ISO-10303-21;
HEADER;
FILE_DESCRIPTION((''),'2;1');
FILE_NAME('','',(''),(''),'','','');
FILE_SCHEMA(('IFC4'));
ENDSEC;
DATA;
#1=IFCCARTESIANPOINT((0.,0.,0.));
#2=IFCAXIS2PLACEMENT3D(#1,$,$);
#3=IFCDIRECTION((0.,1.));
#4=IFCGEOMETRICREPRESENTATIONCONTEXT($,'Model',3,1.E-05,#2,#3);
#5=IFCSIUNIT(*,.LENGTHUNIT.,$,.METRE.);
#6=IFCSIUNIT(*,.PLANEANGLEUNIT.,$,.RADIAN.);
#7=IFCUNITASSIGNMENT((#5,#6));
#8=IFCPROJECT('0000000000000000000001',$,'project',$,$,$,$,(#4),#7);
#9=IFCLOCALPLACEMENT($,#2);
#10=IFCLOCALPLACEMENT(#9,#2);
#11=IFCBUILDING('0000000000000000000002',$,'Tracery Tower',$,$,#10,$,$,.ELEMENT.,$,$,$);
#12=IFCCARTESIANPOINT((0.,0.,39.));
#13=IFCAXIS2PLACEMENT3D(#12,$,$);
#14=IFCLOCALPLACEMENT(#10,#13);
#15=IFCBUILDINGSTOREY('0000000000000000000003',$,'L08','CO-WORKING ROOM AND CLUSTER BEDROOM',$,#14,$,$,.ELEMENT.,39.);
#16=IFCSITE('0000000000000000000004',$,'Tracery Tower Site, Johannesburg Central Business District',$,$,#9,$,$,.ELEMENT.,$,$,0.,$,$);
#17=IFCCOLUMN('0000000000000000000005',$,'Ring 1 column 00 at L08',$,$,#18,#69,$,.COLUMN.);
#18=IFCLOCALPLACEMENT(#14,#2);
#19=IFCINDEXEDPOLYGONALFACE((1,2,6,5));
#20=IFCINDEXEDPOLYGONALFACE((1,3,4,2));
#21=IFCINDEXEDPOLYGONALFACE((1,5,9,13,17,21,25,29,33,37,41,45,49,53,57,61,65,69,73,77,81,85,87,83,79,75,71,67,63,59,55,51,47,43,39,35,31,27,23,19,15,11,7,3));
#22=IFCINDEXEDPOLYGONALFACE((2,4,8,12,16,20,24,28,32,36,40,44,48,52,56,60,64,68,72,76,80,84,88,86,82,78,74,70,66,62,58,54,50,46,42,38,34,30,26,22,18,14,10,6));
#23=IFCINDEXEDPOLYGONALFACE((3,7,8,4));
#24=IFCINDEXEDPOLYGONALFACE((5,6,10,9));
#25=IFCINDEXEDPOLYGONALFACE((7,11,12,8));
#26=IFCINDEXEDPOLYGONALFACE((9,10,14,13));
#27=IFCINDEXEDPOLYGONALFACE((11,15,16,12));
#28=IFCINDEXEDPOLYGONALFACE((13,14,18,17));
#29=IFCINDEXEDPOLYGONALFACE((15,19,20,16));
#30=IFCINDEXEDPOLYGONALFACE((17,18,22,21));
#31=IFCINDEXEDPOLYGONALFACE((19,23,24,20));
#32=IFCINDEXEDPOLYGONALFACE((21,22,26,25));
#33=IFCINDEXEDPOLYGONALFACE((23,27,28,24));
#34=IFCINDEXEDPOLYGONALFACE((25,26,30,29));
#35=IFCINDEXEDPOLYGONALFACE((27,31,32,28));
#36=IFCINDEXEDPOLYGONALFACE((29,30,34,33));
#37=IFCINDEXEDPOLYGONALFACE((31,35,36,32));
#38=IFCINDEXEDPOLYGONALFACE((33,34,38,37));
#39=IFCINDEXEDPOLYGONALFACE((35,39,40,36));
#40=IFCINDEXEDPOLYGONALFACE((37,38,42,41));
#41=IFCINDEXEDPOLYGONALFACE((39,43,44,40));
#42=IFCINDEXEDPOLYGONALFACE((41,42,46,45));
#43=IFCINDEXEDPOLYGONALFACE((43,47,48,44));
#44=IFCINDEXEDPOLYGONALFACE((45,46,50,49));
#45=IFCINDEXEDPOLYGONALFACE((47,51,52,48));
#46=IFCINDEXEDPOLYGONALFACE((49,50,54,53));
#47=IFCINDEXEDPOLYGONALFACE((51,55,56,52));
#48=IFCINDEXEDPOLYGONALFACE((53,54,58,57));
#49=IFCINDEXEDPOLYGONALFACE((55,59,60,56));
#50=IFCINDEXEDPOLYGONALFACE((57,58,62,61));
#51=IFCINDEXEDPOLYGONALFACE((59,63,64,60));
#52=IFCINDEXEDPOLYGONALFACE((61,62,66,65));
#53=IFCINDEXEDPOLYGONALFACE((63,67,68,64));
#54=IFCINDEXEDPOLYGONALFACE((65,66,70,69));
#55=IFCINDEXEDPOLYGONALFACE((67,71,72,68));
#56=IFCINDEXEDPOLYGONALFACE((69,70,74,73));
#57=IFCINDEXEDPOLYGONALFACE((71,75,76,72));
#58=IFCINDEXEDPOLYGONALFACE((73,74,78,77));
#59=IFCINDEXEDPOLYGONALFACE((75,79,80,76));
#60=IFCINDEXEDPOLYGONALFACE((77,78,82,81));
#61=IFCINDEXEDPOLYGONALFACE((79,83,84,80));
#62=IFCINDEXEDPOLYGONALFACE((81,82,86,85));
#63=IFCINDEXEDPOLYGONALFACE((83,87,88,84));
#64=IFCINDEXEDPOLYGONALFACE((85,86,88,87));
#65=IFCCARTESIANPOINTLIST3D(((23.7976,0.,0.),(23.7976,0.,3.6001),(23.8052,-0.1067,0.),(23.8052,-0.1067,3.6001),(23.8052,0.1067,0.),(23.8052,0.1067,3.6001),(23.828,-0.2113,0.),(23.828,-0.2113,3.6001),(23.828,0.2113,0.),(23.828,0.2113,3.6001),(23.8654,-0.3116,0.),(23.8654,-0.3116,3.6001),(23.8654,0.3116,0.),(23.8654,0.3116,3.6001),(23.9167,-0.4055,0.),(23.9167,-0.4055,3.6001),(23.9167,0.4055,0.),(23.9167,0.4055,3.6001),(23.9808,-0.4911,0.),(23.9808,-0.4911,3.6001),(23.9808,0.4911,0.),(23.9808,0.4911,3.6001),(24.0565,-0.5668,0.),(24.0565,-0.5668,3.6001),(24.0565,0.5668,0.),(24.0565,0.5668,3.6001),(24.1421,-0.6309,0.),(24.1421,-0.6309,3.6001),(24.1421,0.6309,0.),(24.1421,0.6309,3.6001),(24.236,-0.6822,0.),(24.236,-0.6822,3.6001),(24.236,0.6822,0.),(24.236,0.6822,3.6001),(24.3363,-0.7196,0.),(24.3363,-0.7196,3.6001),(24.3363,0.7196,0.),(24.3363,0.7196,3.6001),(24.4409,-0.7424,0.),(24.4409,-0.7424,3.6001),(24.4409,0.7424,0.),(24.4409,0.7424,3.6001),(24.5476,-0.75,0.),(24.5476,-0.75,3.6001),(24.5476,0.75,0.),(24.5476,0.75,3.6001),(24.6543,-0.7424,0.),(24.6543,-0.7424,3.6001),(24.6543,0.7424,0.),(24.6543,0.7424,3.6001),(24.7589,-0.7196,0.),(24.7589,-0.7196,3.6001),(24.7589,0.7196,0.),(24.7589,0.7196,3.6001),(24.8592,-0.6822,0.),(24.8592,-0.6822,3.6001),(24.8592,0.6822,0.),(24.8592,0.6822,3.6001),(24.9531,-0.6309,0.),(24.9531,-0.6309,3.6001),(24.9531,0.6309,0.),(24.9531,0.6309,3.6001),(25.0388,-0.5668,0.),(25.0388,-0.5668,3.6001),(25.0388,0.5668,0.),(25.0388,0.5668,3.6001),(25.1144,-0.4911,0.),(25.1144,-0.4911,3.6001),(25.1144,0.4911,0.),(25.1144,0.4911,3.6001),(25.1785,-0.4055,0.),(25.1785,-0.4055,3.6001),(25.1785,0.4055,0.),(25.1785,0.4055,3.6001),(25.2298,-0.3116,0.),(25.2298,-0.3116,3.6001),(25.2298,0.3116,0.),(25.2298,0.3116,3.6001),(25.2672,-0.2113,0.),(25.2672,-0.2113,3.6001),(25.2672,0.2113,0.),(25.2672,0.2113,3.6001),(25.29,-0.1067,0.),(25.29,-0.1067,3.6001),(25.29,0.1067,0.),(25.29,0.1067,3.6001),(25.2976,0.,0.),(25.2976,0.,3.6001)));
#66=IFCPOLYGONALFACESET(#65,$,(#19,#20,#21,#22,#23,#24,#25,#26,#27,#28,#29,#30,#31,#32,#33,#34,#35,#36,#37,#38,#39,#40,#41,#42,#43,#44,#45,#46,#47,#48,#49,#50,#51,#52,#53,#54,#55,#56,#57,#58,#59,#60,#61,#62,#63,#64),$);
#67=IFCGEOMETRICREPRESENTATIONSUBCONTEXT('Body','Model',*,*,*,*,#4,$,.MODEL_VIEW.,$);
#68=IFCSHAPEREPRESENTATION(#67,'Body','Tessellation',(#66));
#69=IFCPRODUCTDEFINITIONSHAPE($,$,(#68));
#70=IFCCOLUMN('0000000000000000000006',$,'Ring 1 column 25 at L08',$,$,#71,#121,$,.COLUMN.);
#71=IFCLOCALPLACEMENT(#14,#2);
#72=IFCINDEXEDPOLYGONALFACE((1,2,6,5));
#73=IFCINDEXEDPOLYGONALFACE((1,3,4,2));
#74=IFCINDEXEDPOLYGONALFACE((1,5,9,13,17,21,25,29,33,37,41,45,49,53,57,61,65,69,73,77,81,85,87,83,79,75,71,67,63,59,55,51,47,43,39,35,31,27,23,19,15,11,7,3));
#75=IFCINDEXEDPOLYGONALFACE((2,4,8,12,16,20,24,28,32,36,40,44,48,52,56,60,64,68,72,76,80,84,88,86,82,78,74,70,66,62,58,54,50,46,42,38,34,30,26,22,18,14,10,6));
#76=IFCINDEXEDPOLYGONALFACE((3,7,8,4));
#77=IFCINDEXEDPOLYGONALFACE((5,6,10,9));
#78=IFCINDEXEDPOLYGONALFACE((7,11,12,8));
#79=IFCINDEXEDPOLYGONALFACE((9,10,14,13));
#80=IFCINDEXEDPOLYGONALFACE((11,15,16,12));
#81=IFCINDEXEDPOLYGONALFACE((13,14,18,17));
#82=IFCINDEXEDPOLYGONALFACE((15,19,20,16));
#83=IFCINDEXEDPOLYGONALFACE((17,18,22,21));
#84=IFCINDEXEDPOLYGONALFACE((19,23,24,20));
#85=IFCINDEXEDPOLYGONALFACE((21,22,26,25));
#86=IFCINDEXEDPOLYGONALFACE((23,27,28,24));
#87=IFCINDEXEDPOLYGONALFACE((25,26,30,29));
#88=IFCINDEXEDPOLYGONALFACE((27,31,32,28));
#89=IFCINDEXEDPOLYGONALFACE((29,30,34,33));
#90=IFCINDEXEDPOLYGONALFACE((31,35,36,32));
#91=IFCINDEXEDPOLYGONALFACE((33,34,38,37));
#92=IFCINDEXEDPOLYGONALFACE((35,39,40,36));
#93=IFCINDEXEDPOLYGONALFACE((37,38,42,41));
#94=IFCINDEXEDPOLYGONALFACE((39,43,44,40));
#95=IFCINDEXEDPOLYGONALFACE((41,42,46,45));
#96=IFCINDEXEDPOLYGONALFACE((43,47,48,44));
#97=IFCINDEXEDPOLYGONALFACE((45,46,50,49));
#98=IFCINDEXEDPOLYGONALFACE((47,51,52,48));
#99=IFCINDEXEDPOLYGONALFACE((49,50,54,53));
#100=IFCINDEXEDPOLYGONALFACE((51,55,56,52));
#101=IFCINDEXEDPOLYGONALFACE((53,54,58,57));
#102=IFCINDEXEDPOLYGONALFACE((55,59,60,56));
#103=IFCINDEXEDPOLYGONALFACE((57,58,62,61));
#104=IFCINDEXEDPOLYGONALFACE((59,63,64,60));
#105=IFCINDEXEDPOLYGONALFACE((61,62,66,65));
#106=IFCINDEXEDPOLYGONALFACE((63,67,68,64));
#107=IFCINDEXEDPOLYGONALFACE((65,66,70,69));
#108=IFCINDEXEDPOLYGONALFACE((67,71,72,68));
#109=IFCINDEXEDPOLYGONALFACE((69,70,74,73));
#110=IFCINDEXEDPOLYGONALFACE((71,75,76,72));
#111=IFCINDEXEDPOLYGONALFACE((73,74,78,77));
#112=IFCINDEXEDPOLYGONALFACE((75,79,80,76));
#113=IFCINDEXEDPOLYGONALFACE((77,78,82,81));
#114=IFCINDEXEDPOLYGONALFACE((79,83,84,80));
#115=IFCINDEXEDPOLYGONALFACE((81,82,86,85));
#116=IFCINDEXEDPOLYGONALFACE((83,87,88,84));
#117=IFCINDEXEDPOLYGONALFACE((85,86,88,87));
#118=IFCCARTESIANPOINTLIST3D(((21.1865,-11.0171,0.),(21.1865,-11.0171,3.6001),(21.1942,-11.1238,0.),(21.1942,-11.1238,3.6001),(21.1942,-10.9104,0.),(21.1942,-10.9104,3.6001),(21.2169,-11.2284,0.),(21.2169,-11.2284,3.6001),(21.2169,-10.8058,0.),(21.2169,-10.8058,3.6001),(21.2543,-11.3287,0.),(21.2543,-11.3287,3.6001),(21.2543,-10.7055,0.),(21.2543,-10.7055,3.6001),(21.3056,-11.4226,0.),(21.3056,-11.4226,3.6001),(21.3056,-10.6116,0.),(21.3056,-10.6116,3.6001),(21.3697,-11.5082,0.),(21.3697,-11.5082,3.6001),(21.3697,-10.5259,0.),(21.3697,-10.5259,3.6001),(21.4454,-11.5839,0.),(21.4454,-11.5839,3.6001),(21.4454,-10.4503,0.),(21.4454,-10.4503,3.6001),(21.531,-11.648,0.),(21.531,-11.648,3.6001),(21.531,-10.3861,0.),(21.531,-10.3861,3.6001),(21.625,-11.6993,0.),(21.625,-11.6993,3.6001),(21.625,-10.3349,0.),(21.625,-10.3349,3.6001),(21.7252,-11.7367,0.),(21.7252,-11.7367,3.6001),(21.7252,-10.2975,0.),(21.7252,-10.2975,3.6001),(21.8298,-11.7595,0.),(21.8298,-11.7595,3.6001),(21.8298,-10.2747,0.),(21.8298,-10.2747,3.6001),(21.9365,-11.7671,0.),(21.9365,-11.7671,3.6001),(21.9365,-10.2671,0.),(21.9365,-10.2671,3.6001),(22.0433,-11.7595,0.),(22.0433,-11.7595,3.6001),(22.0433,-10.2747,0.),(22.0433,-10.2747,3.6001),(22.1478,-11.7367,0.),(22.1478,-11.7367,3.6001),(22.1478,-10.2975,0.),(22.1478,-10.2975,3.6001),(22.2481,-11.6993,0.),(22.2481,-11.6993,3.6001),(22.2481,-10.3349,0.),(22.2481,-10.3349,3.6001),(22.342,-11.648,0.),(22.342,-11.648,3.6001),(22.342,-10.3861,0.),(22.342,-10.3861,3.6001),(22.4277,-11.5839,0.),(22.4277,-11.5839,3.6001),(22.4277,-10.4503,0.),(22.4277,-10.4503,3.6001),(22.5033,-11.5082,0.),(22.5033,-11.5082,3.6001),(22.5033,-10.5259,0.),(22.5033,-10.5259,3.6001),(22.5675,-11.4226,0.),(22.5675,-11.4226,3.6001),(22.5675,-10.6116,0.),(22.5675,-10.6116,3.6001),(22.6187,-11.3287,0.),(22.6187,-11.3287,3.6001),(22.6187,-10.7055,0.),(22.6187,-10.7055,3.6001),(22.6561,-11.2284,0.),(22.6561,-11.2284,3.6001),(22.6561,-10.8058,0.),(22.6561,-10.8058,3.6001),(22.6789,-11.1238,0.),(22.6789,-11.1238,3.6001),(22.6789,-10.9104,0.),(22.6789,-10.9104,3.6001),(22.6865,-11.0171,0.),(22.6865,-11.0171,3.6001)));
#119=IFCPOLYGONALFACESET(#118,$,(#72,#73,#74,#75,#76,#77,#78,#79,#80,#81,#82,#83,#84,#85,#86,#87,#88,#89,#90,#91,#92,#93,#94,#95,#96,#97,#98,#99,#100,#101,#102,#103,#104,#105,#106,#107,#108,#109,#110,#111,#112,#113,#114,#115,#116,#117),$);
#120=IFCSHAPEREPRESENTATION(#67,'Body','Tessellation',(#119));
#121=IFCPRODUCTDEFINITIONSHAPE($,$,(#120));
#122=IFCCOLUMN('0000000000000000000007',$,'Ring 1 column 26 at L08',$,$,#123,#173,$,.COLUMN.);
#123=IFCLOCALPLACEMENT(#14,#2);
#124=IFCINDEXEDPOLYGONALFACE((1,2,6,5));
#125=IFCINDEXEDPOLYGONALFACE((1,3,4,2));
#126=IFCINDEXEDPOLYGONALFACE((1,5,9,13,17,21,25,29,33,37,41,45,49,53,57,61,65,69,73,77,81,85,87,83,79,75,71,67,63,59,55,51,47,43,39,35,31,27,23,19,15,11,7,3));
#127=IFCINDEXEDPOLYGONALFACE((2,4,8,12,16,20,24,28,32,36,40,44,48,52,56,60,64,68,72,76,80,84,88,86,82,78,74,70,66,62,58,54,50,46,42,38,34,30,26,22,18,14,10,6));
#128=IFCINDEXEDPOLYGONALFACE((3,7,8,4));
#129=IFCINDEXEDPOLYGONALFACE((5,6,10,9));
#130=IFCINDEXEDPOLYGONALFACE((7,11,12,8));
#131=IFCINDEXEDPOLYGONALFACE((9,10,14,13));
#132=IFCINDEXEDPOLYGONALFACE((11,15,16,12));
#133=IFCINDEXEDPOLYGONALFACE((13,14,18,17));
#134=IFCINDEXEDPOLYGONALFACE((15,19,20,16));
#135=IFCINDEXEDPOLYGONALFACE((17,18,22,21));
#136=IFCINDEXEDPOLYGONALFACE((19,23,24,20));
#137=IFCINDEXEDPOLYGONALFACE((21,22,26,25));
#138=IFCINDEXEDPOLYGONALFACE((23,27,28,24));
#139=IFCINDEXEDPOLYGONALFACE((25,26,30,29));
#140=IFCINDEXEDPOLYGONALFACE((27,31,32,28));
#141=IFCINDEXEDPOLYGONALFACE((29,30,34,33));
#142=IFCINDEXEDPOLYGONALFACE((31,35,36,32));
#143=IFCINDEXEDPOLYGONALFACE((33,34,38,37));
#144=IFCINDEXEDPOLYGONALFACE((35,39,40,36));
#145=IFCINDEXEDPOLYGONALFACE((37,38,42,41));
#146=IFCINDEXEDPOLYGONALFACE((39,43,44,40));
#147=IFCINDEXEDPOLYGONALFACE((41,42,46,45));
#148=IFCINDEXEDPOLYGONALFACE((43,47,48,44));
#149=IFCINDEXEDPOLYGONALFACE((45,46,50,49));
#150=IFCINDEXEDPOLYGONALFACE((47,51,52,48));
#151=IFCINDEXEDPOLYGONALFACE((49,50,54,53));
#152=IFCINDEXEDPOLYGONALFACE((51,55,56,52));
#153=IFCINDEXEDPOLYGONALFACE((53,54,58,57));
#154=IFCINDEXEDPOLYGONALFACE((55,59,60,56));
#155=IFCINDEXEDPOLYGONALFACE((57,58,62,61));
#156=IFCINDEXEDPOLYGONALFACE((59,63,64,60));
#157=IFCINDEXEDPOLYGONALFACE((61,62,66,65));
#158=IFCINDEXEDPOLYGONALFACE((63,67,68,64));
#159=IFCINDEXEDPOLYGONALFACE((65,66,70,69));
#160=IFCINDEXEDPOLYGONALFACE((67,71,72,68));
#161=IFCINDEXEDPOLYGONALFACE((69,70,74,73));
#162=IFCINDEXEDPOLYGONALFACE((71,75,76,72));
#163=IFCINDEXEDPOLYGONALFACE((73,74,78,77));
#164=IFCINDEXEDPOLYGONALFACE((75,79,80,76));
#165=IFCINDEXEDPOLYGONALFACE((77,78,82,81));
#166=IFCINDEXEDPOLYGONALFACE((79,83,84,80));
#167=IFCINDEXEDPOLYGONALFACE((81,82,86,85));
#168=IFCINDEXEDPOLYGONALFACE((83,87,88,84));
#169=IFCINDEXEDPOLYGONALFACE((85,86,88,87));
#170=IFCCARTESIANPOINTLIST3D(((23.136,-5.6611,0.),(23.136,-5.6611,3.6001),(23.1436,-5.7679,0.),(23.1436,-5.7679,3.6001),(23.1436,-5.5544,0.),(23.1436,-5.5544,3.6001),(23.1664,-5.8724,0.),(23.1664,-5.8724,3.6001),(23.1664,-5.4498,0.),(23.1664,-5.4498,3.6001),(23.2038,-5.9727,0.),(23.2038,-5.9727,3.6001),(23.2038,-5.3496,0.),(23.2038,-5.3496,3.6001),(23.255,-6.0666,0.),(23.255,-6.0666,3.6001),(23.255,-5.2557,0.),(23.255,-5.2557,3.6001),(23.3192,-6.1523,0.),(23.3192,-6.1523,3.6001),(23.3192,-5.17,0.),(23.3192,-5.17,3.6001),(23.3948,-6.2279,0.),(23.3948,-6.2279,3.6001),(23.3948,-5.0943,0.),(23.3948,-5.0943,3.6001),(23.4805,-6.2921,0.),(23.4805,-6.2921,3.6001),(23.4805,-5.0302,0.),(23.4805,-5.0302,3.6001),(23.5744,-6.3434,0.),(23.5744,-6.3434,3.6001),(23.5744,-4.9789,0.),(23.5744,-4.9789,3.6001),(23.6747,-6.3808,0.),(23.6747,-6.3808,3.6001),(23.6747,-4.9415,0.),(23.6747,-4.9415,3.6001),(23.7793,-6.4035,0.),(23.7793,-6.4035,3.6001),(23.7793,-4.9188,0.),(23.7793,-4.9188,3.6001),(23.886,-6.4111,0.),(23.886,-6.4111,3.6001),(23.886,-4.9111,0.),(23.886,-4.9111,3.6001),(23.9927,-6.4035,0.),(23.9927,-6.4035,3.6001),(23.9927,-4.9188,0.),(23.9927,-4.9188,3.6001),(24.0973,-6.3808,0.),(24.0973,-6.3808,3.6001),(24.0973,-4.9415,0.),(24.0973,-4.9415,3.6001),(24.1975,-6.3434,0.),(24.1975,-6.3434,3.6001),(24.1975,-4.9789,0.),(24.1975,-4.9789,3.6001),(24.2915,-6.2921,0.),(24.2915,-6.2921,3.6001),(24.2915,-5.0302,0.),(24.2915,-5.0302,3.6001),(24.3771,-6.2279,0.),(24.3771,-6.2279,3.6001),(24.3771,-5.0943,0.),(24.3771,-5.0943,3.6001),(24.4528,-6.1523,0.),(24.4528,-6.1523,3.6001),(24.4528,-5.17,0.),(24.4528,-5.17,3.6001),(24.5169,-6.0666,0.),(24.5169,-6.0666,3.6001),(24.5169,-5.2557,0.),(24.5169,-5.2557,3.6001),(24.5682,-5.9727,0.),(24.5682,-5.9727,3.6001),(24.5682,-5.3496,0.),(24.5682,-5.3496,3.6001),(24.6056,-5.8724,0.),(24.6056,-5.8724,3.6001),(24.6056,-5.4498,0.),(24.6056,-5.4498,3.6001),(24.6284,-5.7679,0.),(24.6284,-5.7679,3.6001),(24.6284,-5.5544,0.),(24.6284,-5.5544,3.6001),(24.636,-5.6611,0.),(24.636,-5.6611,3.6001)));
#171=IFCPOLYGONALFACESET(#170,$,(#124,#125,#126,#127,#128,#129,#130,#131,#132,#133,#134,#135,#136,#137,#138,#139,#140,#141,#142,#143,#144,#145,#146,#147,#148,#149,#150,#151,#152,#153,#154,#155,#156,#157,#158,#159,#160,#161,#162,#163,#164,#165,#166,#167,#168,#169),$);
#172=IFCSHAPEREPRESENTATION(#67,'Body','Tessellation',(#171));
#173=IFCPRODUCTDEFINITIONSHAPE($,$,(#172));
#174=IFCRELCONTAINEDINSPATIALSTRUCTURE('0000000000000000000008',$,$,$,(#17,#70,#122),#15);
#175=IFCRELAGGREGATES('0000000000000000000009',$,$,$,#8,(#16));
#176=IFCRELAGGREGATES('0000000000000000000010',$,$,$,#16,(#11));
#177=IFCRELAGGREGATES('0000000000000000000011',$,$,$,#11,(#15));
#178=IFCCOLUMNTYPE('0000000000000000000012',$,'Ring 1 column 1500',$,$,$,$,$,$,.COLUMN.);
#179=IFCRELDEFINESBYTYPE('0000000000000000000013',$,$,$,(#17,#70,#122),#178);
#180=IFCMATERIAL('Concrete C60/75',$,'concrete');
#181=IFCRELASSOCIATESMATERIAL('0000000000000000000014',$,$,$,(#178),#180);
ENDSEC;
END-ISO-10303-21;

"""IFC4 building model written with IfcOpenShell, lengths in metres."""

from ifc_helpers import new_model, si_unit, direction, frame, origin, origin_2d, place, context, subcontext, project, spatial, circle, extrude, material, material_profile, profile_set, type_object, element, save


model = new_model("IFC4")

# Units and contexts
model_context = context("Model", 3, precision=1e-05, world=origin(), true_north=direction((0.0, 1.0)))
body_context = subcontext(model_context, "Body", "Model", "MODEL_VIEW")
ifc_project = project(units=[si_unit("LENGTHUNIT", "METRE"), si_unit("PLANEANGLEUNIT", "RADIAN")], contexts=[model_context])

# Site, building, storey
site_placement = place(None, origin())
site = spatial("IfcSite", under=ifc_project, at=site_placement, Name="Tracery Tower Site, Johannesburg Central Business District", CompositionType="ELEMENT", RefElevation=0.0)
building_placement = place(site_placement, origin())
building = spatial("IfcBuilding", under=site, at=building_placement, Name="Tracery Tower", CompositionType="ELEMENT")
storey_placement = place(building_placement, frame((0.0, 0.0, 39.0)))
storey = spatial("IfcBuildingStorey", under=building, at=storey_placement, Name="L08", Description="CO-WORKING ROOM AND CLUSTER BEDROOM", CompositionType="ELEMENT", Elevation=39.0)

# Columns
ifc_material_1 = material(Name="Concrete C60/75", Category="concrete")
ifc_material_profile_1 = material_profile(ifc_material_1, circle(Radius=0.75, at=origin_2d()), Name="RC D1500")
ifc_profile_set_1 = profile_set([ifc_material_profile_1], Name="Concrete C60/75")
column_type_1 = type_object("IfcColumnType", Name="Ring 1 column 1500", PredefinedType="COLUMN", material=ifc_profile_set_1)
for number, where, z_axis, x_axis, name in (
    (1, (24.5476, 0.0, 0.0), (0.0, 0.0, 1.0), (1.0, 0.0, 0.0), "Ring 1 column 00 at L08"),
    (2, (21.9365, -11.0171, 0.0), (0.0, 0.0, 1.0), (1.0, 0.0, 0.0), "Ring 1 column 25 at L08"),
    (3, (23.886, -5.6611, 0.0), (0.0, 0.0, 1.0), (1.0, 0.0, 0.0), "Ring 1 column 26 at L08"),
):
    element("IfcColumn", number, at=place(storey_placement, frame(where, z_axis=z_axis, x_axis=x_axis)), inside=storey, type_object=column_type_1, Name=name, PredefinedType="COLUMN", context=body_context, shape_type="SweptSolid", body=[
        extrude(circle(Radius=0.75, at=origin_2d()), origin(), (0.0, 0.0, 1.0), 3.6001),
    ])

save(model, "model.ifc")
